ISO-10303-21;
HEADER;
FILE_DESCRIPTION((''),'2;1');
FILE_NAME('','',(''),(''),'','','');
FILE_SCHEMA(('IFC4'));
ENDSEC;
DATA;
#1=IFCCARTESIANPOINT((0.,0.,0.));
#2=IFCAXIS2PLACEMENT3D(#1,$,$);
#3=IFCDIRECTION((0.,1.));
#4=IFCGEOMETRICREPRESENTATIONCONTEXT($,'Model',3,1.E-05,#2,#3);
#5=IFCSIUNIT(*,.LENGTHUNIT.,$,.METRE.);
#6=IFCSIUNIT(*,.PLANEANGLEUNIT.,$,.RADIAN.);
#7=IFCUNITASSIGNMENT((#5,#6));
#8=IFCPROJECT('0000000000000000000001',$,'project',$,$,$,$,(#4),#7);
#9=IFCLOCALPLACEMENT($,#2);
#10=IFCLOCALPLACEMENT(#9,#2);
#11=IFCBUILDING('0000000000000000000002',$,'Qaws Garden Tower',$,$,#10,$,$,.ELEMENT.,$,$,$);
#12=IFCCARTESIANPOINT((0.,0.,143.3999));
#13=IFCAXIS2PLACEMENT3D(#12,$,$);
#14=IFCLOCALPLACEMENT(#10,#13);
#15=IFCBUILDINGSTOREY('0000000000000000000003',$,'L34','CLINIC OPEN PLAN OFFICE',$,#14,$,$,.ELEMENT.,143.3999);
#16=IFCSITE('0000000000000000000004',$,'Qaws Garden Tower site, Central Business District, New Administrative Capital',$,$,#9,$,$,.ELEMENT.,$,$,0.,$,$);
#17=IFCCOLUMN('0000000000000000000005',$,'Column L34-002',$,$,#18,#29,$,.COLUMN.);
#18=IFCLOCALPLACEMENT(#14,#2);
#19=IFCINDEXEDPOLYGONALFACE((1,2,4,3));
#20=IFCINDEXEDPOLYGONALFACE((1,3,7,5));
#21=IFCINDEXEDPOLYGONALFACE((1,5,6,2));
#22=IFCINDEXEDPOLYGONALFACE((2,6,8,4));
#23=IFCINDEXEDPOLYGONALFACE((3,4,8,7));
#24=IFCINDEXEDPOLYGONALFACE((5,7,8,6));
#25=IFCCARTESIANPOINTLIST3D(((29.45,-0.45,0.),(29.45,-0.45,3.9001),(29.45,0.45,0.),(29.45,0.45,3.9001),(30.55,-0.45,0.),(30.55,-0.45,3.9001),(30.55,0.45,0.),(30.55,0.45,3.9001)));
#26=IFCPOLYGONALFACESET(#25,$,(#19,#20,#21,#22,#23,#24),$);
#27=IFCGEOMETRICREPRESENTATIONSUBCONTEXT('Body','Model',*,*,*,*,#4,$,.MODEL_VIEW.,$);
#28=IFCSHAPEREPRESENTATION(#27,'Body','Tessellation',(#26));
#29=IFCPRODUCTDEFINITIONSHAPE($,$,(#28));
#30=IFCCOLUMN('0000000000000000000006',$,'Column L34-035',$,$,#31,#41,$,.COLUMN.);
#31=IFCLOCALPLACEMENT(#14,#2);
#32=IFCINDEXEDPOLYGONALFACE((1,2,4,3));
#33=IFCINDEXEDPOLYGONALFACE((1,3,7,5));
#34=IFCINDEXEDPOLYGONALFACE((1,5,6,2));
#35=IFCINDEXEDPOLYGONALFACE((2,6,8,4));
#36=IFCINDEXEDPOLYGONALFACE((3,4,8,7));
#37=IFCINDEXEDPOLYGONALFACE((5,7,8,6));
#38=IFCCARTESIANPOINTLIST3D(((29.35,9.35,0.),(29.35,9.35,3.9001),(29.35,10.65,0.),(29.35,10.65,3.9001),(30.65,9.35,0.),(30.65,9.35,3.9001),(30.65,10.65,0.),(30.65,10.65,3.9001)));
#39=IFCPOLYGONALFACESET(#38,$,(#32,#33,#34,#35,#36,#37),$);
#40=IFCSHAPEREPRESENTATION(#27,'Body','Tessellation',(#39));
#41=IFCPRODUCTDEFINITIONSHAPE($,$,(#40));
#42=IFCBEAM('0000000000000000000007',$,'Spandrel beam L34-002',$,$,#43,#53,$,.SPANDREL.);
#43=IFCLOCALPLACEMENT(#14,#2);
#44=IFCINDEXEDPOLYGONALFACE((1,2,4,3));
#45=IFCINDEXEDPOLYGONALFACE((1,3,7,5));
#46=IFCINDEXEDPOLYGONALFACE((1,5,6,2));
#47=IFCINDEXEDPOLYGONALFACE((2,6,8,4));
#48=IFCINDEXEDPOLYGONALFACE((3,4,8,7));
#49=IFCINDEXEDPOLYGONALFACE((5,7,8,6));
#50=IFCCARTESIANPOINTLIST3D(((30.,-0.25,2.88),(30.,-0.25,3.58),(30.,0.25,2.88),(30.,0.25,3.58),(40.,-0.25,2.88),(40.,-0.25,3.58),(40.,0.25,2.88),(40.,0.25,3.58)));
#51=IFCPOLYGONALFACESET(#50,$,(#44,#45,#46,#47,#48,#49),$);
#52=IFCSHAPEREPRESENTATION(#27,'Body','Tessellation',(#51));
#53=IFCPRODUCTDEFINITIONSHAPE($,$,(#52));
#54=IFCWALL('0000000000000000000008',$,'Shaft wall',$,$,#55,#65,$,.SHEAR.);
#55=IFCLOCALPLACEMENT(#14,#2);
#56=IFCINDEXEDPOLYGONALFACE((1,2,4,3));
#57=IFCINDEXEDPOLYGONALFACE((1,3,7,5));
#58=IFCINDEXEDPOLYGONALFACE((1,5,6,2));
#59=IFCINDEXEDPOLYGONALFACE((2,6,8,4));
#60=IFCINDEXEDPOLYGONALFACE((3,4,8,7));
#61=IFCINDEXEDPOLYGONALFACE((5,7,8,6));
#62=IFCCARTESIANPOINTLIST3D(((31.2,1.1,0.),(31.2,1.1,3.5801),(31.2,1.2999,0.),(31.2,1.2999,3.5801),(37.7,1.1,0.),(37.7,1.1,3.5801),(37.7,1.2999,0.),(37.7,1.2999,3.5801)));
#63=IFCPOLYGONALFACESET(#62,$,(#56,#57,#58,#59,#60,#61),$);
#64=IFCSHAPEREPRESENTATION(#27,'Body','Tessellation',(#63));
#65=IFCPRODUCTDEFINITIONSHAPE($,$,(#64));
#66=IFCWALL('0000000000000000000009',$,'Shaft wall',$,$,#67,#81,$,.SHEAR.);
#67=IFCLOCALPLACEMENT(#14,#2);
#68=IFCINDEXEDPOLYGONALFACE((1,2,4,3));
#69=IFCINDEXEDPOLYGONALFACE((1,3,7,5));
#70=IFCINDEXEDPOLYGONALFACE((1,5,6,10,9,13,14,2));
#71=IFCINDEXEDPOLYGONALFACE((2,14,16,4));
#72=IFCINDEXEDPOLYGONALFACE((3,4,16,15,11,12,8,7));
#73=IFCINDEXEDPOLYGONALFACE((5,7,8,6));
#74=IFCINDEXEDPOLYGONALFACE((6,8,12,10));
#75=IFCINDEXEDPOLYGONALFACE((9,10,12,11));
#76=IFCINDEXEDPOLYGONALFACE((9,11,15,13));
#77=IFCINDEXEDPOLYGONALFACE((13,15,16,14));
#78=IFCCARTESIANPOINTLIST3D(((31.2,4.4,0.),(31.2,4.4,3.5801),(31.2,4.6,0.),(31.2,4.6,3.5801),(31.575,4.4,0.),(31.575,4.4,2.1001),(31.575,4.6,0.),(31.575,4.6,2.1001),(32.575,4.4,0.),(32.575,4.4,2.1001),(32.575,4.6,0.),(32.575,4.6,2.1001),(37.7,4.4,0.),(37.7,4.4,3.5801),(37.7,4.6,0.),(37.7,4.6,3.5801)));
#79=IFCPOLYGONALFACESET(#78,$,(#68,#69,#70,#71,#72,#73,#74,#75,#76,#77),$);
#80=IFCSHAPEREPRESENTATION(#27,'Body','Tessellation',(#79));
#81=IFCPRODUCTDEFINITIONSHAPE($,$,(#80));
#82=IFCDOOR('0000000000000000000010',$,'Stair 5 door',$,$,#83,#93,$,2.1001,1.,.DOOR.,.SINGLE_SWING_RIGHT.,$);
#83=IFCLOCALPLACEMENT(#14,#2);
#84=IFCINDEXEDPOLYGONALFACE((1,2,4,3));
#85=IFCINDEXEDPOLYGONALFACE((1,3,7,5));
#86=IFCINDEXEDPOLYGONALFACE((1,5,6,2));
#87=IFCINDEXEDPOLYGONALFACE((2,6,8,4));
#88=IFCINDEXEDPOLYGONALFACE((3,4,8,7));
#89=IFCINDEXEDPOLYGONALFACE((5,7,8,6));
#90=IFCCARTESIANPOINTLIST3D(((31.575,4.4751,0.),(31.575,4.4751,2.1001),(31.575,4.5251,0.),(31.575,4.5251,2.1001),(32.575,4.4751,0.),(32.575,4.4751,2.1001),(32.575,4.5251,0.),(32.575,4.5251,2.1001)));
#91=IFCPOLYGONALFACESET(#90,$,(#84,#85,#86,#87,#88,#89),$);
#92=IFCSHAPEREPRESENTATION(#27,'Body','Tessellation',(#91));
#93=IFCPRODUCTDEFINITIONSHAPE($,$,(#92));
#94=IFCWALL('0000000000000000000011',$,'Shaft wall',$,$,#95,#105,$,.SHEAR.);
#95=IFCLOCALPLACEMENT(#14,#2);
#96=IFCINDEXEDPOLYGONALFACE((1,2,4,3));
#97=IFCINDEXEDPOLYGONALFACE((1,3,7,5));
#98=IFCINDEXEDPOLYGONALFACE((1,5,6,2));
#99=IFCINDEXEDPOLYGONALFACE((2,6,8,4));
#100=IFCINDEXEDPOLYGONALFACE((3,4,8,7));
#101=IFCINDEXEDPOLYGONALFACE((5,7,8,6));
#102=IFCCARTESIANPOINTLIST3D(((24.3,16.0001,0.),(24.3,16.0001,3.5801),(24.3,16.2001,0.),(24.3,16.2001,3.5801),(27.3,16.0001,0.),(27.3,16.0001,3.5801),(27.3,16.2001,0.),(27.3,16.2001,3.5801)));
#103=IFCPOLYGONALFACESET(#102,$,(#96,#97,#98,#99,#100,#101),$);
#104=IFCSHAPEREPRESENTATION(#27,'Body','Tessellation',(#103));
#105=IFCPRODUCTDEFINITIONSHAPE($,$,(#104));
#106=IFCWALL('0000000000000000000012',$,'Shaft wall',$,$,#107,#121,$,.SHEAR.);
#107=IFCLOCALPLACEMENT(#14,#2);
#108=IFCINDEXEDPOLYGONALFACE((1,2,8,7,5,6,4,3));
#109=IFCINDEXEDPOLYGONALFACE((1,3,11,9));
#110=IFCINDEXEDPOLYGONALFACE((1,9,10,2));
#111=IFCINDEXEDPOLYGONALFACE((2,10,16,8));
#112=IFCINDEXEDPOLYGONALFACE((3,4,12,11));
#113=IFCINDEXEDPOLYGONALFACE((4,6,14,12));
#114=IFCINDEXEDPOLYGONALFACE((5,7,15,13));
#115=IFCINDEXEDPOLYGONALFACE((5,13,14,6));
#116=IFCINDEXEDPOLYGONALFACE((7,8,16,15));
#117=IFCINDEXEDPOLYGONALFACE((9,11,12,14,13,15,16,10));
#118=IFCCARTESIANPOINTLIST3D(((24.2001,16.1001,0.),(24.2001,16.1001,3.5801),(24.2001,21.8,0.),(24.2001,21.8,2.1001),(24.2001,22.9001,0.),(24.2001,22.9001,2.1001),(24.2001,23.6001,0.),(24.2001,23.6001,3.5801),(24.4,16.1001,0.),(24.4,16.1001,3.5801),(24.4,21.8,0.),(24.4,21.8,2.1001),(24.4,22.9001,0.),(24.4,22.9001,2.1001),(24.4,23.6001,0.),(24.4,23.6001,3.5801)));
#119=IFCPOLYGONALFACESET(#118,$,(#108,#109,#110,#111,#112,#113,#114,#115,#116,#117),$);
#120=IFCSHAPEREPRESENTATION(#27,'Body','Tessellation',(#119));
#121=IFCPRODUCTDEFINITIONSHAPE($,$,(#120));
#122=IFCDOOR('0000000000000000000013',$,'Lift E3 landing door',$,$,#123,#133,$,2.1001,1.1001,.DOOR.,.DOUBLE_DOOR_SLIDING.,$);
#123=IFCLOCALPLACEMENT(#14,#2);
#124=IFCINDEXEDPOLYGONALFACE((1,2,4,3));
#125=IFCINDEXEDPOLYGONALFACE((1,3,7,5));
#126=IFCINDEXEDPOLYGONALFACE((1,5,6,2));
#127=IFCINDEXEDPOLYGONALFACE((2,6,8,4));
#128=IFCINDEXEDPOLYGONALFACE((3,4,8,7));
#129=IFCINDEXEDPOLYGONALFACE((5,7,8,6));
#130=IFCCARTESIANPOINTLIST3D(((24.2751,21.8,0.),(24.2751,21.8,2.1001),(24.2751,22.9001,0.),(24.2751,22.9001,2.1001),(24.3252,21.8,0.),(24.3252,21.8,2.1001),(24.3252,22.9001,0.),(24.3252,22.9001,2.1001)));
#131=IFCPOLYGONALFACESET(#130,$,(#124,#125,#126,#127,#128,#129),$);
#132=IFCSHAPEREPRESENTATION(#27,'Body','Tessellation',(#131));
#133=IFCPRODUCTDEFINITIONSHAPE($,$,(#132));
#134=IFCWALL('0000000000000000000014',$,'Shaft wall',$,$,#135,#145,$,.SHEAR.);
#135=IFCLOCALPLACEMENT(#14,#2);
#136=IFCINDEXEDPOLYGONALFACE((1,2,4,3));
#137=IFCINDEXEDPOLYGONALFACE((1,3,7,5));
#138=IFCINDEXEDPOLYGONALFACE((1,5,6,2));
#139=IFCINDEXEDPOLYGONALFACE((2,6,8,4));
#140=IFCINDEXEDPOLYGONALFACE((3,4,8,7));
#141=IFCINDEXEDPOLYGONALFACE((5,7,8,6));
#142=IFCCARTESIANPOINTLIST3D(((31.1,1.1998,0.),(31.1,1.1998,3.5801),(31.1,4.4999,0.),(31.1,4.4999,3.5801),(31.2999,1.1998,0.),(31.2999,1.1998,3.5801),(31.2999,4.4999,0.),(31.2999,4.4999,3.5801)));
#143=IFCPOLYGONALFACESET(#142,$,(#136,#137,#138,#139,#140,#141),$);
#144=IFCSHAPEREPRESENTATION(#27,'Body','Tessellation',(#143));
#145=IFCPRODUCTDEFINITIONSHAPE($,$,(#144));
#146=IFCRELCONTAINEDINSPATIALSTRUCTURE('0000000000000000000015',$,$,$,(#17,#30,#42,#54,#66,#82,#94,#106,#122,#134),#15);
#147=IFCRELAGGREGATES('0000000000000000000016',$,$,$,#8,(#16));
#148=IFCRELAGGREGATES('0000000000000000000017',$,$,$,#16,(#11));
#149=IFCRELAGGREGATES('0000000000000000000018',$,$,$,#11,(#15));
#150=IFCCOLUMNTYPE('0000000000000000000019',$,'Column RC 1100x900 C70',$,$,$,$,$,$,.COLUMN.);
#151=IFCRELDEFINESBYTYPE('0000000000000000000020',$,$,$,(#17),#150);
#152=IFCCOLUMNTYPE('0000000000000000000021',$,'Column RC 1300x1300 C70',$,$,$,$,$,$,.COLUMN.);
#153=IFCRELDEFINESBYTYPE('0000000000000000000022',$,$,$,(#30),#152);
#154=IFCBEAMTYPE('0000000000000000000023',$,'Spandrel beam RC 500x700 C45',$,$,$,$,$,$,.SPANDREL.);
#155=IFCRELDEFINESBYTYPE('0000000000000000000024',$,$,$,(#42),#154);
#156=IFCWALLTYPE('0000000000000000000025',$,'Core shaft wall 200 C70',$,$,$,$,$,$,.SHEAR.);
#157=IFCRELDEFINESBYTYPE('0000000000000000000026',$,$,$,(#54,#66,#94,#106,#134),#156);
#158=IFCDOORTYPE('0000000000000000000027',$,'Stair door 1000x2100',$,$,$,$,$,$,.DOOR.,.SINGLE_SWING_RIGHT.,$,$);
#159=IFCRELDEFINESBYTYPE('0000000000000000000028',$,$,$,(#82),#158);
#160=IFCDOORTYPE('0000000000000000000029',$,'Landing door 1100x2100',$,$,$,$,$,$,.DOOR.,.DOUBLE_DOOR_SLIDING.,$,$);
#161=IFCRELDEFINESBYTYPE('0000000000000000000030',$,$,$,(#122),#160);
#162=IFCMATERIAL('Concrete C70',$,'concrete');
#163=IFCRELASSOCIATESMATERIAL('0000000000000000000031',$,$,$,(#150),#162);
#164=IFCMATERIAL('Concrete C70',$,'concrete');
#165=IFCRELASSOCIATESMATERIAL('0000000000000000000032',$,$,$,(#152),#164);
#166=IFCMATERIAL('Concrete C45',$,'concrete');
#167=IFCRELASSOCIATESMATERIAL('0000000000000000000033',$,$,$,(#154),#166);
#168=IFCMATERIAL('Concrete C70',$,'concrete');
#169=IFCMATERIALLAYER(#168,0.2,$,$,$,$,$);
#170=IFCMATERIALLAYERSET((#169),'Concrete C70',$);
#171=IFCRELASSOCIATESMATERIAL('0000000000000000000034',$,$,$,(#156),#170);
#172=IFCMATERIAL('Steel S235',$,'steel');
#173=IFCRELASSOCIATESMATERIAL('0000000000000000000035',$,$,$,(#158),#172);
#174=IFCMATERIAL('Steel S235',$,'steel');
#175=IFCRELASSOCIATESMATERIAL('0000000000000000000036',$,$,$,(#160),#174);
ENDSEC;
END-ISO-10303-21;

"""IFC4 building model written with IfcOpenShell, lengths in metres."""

from ifc_helpers import new_model, si_unit, direction, frame, frame_2d, origin, origin_2d, place, context, subcontext, project, spatial, rectangle, extrude, material, layer, layer_set, material_profile, profile_set, type_object, element, fill, save


model = new_model("IFC4")

# Units and contexts
model_context = context("Model", 3, precision=1e-05, world=origin(), true_north=direction((0.0, 1.0)))
body_context = subcontext(model_context, "Body", "Model", "MODEL_VIEW")
ifc_project = project(units=[si_unit("LENGTHUNIT", "METRE"), si_unit("PLANEANGLEUNIT", "RADIAN")], contexts=[model_context])

# Site, building, storey
site_placement = place(None, origin())
site = spatial("IfcSite", under=ifc_project, at=site_placement, Name="Qaws Garden Tower site, Central Business District, New Administrative Capital", CompositionType="ELEMENT", RefElevation=0.0)
building_placement = place(site_placement, origin())
building = spatial("IfcBuilding", under=site, at=building_placement, Name="Qaws Garden Tower", CompositionType="ELEMENT")
storey_placement = place(building_placement, frame((0.0, 0.0, 143.3999)))
storey = spatial("IfcBuildingStorey", under=building, at=storey_placement, Name="L34", Description="CLINIC OPEN PLAN OFFICE", CompositionType="ELEMENT", Elevation=143.3999)

# Columns
ifc_material_1 = material(Name="Concrete C70", Category="concrete")
ifc_material_profile_1 = material_profile(ifc_material_1, rectangle(XDim=1.1001, YDim=0.8999, at=origin_2d()), Name="RC 1100x900")
ifc_profile_set_1 = profile_set([ifc_material_profile_1], Name="Concrete C70")
column_type_1 = type_object("IfcColumnType", Name="Column RC 1100x900 C70", PredefinedType="COLUMN", material=ifc_profile_set_1)
column_1_placement = place(storey_placement, frame((30.0, 0.0, 0.0), z_axis=(0.0, 0.0, 1.0), x_axis=(1.0, 0.0, 0.0)))
element("IfcColumn", 1, at=column_1_placement, inside=storey, type_object=column_type_1, Name="Column L34-002", PredefinedType="COLUMN", context=body_context, shape_type="SweptSolid", body=[
    extrude(rectangle(XDim=1.1001, YDim=0.8999, at=origin_2d()), origin(), (0.0, 0.0, 1.0), 3.9001),
])
ifc_material_2 = material(Name="Concrete C70", Category="concrete")
ifc_material_profile_2 = material_profile(ifc_material_2, rectangle(XDim=1.3, YDim=1.3, at=origin_2d()), Name="RC 1300x1300")
ifc_profile_set_2 = profile_set([ifc_material_profile_2], Name="Concrete C70")
column_type_2 = type_object("IfcColumnType", Name="Column RC 1300x1300 C70", PredefinedType="COLUMN", material=ifc_profile_set_2)
column_2_placement = place(storey_placement, frame((30.0, 10.0, 0.0), z_axis=(0.0, 0.0, 1.0), x_axis=(1.0, 0.0, 0.0)))
element("IfcColumn", 2, at=column_2_placement, inside=storey, type_object=column_type_2, Name="Column L34-035", PredefinedType="COLUMN", context=body_context, shape_type="SweptSolid", body=[
    extrude(rectangle(XDim=1.3, YDim=1.3, at=origin_2d()), origin(), (0.0, 0.0, 1.0), 3.9001),
])

# Beam
ifc_material_3 = material(Name="Concrete C45", Category="concrete")
ifc_material_profile_3 = material_profile(ifc_material_3, rectangle(XDim=0.5, YDim=0.7, at=origin_2d()), Name="RC 500x700")
ifc_profile_set_3 = profile_set([ifc_material_profile_3], Name="Concrete C45")
beam_type = type_object("IfcBeamType", Name="Spandrel beam RC 500x700 C45", PredefinedType="SPANDREL", material=ifc_profile_set_3)
beam_placement = place(storey_placement, frame((30.0, 0.0, 3.23), z_axis=(1.0, 0.0, 0.0), x_axis=(0.0, 1.0, 0.0)))
element("IfcBeam", 3, at=beam_placement, inside=storey, type_object=beam_type, Name="Spandrel beam L34-002", PredefinedType="SPANDREL", context=body_context, shape_type="SweptSolid", body=[
    extrude(rectangle(XDim=0.5, YDim=0.7, at=origin_2d()), origin(), (0.0, 0.0, 1.0), 10.0),
])

# Wall
ifc_material_4 = material(Name="Concrete C70", Category="concrete")
ifc_layer_1 = layer(ifc_material_4, 0.2)
ifc_layer_set_1 = layer_set([ifc_layer_1], Name="Concrete C70")
wall_type_1 = type_object("IfcWallType", Name="Core shaft wall 200 C70", PredefinedType="SHEAR", material=ifc_layer_set_1)
wall_1_placement = place(storey_placement, frame((31.2, 1.2, 0.0), z_axis=(0.0, 0.0, 1.0), x_axis=(1.0, 0.0, 0.0)))
element("IfcWall", 4, at=wall_1_placement, inside=storey, type_object=wall_type_1, Name="Shaft wall", PredefinedType="SHEAR", context=body_context, shape_type="SweptSolid", body=[
    extrude(rectangle(XDim=6.5, YDim=0.2, at=frame_2d((3.25, 0.0))), origin(), (0.0, 0.0, 1.0), 3.5801),
])

# Wall, opening, door
wall_2_placement = place(storey_placement, frame((31.2, 4.5, 0.0), z_axis=(0.0, 0.0, 1.0), x_axis=(1.0, 0.0, 0.0)))
wall_2 = element("IfcWall", 5, at=wall_2_placement, inside=storey, type_object=wall_type_1, Name="Shaft wall", PredefinedType="SHEAR", context=body_context, shape_type="SweptSolid", body=[
    extrude(rectangle(XDim=6.5, YDim=0.2, at=frame_2d((3.25, 0.0))), origin(), (0.0, 0.0, 1.0), 3.5801),
])
opening_1_placement = place(wall_2_placement, frame((0.375, 0.0, 0.0)))
opening_1 = element("IfcOpeningElement", 6, at=opening_1_placement, cuts=wall_2, PredefinedType="OPENING", context=body_context, shape_type="SweptSolid", body=[
    extrude(rectangle(XDim=1.0, YDim=2.1001, at=frame_2d((0.5, 1.05))), frame((0.0, 0.1099, 0.0), z_axis=(0.0, -1.0, 0.0), x_axis=(1.0, 0.0, 0.0)), (0.0, 0.0, 1.0), 0.22),
])
ifc_material_5 = material(Name="Steel S235", Category="steel")
door_type_1 = type_object("IfcDoorType", Name="Stair door 1000x2100", OperationType="SINGLE_SWING_RIGHT", PredefinedType="DOOR", material=ifc_material_5)
door_1_placement = place(opening_1_placement, frame((1.0, 0.0, 0.0), z_axis=(0.0, 0.0, 1.0), x_axis=(-1.0, 0.0, 0.0)))
door_1 = element("IfcDoor", 7, at=door_1_placement, inside=storey, type_object=door_type_1, Name="Stair 5 door", OperationType="SINGLE_SWING_RIGHT", OverallHeight=2.1001, OverallWidth=1.0, PredefinedType="DOOR", context=body_context, shape_type="SweptSolid", body=[
    extrude(rectangle(XDim=1.0, YDim=2.1001, at=frame_2d((0.5, 1.05))), frame((0.0, 0.0249, 0.0), z_axis=(0.0, -1.0, 0.0), x_axis=(1.0, 0.0, 0.0)), (0.0, 0.0, 1.0), 0.05),
])
fill(opening_1, door_1)

# Wall
wall_3_placement = place(storey_placement, frame((24.3, 16.1001, 0.0), z_axis=(0.0, 0.0, 1.0), x_axis=(1.0, 0.0, 0.0)))
element("IfcWall", 8, at=wall_3_placement, inside=storey, type_object=wall_type_1, Name="Shaft wall", PredefinedType="SHEAR", context=body_context, shape_type="SweptSolid", body=[
    extrude(rectangle(XDim=3.0, YDim=0.2, at=frame_2d((1.5, 0.0))), origin(), (0.0, 0.0, 1.0), 3.5801),
])

# Wall, opening, door
wall_4_placement = place(storey_placement, frame((24.3, 16.1001, 0.0), z_axis=(0.0, 0.0, 1.0), x_axis=(0.0, 1.0, 0.0)))
wall_4 = element("IfcWall", 9, at=wall_4_placement, inside=storey, type_object=wall_type_1, Name="Shaft wall", PredefinedType="SHEAR", context=body_context, shape_type="SweptSolid", body=[
    extrude(rectangle(XDim=7.5, YDim=0.2, at=frame_2d((3.75, 0.0))), origin(), (0.0, 0.0, 1.0), 3.5801),
])
opening_2_placement = place(wall_4_placement, frame((5.7, 0.0, 0.0)))
opening_2 = element("IfcOpeningElement", 10, at=opening_2_placement, cuts=wall_4, PredefinedType="OPENING", context=body_context, shape_type="SweptSolid", body=[
    extrude(rectangle(XDim=1.1001, YDim=2.1001, at=frame_2d((0.55, 1.05))), frame((0.0, 0.1099, 0.0), z_axis=(0.0, -1.0, 0.0), x_axis=(1.0, 0.0, 0.0)), (0.0, 0.0, 1.0), 0.22),
])
ifc_material_6 = material(Name="Steel S235", Category="steel")
door_type_2 = type_object("IfcDoorType", Name="Landing door 1100x2100", OperationType="DOUBLE_DOOR_SLIDING", PredefinedType="DOOR", material=ifc_material_6)
door_2_placement = place(opening_2_placement, origin())
door_2 = element("IfcDoor", 11, at=door_2_placement, inside=storey, type_object=door_type_2, Name="Lift E3 landing door", OperationType="DOUBLE_DOOR_SLIDING", OverallHeight=2.1001, OverallWidth=1.1001, PredefinedType="DOOR", context=body_context, shape_type="SweptSolid", body=[
    extrude(rectangle(XDim=1.1001, YDim=2.1001, at=frame_2d((0.55, 1.05))), frame((0.0, 0.0249, 0.0), z_axis=(0.0, -1.0, 0.0), x_axis=(1.0, 0.0, 0.0)), (0.0, 0.0, 1.0), 0.05),
])
fill(opening_2, door_2)

# Wall
wall_5_placement = place(storey_placement, frame((31.2, 1.2, 0.0), z_axis=(0.0, 0.0, 1.0), x_axis=(0.0, 1.0, 0.0)))
element("IfcWall", 12, at=wall_5_placement, inside=storey, type_object=wall_type_1, Name="Shaft wall", PredefinedType="SHEAR", context=body_context, shape_type="SweptSolid", body=[
    extrude(rectangle(XDim=3.3, YDim=0.2, at=frame_2d((1.6499, 0.0))), origin(), (0.0, 0.0, 1.0), 3.5801),
])

save(model, "model.ifc")
